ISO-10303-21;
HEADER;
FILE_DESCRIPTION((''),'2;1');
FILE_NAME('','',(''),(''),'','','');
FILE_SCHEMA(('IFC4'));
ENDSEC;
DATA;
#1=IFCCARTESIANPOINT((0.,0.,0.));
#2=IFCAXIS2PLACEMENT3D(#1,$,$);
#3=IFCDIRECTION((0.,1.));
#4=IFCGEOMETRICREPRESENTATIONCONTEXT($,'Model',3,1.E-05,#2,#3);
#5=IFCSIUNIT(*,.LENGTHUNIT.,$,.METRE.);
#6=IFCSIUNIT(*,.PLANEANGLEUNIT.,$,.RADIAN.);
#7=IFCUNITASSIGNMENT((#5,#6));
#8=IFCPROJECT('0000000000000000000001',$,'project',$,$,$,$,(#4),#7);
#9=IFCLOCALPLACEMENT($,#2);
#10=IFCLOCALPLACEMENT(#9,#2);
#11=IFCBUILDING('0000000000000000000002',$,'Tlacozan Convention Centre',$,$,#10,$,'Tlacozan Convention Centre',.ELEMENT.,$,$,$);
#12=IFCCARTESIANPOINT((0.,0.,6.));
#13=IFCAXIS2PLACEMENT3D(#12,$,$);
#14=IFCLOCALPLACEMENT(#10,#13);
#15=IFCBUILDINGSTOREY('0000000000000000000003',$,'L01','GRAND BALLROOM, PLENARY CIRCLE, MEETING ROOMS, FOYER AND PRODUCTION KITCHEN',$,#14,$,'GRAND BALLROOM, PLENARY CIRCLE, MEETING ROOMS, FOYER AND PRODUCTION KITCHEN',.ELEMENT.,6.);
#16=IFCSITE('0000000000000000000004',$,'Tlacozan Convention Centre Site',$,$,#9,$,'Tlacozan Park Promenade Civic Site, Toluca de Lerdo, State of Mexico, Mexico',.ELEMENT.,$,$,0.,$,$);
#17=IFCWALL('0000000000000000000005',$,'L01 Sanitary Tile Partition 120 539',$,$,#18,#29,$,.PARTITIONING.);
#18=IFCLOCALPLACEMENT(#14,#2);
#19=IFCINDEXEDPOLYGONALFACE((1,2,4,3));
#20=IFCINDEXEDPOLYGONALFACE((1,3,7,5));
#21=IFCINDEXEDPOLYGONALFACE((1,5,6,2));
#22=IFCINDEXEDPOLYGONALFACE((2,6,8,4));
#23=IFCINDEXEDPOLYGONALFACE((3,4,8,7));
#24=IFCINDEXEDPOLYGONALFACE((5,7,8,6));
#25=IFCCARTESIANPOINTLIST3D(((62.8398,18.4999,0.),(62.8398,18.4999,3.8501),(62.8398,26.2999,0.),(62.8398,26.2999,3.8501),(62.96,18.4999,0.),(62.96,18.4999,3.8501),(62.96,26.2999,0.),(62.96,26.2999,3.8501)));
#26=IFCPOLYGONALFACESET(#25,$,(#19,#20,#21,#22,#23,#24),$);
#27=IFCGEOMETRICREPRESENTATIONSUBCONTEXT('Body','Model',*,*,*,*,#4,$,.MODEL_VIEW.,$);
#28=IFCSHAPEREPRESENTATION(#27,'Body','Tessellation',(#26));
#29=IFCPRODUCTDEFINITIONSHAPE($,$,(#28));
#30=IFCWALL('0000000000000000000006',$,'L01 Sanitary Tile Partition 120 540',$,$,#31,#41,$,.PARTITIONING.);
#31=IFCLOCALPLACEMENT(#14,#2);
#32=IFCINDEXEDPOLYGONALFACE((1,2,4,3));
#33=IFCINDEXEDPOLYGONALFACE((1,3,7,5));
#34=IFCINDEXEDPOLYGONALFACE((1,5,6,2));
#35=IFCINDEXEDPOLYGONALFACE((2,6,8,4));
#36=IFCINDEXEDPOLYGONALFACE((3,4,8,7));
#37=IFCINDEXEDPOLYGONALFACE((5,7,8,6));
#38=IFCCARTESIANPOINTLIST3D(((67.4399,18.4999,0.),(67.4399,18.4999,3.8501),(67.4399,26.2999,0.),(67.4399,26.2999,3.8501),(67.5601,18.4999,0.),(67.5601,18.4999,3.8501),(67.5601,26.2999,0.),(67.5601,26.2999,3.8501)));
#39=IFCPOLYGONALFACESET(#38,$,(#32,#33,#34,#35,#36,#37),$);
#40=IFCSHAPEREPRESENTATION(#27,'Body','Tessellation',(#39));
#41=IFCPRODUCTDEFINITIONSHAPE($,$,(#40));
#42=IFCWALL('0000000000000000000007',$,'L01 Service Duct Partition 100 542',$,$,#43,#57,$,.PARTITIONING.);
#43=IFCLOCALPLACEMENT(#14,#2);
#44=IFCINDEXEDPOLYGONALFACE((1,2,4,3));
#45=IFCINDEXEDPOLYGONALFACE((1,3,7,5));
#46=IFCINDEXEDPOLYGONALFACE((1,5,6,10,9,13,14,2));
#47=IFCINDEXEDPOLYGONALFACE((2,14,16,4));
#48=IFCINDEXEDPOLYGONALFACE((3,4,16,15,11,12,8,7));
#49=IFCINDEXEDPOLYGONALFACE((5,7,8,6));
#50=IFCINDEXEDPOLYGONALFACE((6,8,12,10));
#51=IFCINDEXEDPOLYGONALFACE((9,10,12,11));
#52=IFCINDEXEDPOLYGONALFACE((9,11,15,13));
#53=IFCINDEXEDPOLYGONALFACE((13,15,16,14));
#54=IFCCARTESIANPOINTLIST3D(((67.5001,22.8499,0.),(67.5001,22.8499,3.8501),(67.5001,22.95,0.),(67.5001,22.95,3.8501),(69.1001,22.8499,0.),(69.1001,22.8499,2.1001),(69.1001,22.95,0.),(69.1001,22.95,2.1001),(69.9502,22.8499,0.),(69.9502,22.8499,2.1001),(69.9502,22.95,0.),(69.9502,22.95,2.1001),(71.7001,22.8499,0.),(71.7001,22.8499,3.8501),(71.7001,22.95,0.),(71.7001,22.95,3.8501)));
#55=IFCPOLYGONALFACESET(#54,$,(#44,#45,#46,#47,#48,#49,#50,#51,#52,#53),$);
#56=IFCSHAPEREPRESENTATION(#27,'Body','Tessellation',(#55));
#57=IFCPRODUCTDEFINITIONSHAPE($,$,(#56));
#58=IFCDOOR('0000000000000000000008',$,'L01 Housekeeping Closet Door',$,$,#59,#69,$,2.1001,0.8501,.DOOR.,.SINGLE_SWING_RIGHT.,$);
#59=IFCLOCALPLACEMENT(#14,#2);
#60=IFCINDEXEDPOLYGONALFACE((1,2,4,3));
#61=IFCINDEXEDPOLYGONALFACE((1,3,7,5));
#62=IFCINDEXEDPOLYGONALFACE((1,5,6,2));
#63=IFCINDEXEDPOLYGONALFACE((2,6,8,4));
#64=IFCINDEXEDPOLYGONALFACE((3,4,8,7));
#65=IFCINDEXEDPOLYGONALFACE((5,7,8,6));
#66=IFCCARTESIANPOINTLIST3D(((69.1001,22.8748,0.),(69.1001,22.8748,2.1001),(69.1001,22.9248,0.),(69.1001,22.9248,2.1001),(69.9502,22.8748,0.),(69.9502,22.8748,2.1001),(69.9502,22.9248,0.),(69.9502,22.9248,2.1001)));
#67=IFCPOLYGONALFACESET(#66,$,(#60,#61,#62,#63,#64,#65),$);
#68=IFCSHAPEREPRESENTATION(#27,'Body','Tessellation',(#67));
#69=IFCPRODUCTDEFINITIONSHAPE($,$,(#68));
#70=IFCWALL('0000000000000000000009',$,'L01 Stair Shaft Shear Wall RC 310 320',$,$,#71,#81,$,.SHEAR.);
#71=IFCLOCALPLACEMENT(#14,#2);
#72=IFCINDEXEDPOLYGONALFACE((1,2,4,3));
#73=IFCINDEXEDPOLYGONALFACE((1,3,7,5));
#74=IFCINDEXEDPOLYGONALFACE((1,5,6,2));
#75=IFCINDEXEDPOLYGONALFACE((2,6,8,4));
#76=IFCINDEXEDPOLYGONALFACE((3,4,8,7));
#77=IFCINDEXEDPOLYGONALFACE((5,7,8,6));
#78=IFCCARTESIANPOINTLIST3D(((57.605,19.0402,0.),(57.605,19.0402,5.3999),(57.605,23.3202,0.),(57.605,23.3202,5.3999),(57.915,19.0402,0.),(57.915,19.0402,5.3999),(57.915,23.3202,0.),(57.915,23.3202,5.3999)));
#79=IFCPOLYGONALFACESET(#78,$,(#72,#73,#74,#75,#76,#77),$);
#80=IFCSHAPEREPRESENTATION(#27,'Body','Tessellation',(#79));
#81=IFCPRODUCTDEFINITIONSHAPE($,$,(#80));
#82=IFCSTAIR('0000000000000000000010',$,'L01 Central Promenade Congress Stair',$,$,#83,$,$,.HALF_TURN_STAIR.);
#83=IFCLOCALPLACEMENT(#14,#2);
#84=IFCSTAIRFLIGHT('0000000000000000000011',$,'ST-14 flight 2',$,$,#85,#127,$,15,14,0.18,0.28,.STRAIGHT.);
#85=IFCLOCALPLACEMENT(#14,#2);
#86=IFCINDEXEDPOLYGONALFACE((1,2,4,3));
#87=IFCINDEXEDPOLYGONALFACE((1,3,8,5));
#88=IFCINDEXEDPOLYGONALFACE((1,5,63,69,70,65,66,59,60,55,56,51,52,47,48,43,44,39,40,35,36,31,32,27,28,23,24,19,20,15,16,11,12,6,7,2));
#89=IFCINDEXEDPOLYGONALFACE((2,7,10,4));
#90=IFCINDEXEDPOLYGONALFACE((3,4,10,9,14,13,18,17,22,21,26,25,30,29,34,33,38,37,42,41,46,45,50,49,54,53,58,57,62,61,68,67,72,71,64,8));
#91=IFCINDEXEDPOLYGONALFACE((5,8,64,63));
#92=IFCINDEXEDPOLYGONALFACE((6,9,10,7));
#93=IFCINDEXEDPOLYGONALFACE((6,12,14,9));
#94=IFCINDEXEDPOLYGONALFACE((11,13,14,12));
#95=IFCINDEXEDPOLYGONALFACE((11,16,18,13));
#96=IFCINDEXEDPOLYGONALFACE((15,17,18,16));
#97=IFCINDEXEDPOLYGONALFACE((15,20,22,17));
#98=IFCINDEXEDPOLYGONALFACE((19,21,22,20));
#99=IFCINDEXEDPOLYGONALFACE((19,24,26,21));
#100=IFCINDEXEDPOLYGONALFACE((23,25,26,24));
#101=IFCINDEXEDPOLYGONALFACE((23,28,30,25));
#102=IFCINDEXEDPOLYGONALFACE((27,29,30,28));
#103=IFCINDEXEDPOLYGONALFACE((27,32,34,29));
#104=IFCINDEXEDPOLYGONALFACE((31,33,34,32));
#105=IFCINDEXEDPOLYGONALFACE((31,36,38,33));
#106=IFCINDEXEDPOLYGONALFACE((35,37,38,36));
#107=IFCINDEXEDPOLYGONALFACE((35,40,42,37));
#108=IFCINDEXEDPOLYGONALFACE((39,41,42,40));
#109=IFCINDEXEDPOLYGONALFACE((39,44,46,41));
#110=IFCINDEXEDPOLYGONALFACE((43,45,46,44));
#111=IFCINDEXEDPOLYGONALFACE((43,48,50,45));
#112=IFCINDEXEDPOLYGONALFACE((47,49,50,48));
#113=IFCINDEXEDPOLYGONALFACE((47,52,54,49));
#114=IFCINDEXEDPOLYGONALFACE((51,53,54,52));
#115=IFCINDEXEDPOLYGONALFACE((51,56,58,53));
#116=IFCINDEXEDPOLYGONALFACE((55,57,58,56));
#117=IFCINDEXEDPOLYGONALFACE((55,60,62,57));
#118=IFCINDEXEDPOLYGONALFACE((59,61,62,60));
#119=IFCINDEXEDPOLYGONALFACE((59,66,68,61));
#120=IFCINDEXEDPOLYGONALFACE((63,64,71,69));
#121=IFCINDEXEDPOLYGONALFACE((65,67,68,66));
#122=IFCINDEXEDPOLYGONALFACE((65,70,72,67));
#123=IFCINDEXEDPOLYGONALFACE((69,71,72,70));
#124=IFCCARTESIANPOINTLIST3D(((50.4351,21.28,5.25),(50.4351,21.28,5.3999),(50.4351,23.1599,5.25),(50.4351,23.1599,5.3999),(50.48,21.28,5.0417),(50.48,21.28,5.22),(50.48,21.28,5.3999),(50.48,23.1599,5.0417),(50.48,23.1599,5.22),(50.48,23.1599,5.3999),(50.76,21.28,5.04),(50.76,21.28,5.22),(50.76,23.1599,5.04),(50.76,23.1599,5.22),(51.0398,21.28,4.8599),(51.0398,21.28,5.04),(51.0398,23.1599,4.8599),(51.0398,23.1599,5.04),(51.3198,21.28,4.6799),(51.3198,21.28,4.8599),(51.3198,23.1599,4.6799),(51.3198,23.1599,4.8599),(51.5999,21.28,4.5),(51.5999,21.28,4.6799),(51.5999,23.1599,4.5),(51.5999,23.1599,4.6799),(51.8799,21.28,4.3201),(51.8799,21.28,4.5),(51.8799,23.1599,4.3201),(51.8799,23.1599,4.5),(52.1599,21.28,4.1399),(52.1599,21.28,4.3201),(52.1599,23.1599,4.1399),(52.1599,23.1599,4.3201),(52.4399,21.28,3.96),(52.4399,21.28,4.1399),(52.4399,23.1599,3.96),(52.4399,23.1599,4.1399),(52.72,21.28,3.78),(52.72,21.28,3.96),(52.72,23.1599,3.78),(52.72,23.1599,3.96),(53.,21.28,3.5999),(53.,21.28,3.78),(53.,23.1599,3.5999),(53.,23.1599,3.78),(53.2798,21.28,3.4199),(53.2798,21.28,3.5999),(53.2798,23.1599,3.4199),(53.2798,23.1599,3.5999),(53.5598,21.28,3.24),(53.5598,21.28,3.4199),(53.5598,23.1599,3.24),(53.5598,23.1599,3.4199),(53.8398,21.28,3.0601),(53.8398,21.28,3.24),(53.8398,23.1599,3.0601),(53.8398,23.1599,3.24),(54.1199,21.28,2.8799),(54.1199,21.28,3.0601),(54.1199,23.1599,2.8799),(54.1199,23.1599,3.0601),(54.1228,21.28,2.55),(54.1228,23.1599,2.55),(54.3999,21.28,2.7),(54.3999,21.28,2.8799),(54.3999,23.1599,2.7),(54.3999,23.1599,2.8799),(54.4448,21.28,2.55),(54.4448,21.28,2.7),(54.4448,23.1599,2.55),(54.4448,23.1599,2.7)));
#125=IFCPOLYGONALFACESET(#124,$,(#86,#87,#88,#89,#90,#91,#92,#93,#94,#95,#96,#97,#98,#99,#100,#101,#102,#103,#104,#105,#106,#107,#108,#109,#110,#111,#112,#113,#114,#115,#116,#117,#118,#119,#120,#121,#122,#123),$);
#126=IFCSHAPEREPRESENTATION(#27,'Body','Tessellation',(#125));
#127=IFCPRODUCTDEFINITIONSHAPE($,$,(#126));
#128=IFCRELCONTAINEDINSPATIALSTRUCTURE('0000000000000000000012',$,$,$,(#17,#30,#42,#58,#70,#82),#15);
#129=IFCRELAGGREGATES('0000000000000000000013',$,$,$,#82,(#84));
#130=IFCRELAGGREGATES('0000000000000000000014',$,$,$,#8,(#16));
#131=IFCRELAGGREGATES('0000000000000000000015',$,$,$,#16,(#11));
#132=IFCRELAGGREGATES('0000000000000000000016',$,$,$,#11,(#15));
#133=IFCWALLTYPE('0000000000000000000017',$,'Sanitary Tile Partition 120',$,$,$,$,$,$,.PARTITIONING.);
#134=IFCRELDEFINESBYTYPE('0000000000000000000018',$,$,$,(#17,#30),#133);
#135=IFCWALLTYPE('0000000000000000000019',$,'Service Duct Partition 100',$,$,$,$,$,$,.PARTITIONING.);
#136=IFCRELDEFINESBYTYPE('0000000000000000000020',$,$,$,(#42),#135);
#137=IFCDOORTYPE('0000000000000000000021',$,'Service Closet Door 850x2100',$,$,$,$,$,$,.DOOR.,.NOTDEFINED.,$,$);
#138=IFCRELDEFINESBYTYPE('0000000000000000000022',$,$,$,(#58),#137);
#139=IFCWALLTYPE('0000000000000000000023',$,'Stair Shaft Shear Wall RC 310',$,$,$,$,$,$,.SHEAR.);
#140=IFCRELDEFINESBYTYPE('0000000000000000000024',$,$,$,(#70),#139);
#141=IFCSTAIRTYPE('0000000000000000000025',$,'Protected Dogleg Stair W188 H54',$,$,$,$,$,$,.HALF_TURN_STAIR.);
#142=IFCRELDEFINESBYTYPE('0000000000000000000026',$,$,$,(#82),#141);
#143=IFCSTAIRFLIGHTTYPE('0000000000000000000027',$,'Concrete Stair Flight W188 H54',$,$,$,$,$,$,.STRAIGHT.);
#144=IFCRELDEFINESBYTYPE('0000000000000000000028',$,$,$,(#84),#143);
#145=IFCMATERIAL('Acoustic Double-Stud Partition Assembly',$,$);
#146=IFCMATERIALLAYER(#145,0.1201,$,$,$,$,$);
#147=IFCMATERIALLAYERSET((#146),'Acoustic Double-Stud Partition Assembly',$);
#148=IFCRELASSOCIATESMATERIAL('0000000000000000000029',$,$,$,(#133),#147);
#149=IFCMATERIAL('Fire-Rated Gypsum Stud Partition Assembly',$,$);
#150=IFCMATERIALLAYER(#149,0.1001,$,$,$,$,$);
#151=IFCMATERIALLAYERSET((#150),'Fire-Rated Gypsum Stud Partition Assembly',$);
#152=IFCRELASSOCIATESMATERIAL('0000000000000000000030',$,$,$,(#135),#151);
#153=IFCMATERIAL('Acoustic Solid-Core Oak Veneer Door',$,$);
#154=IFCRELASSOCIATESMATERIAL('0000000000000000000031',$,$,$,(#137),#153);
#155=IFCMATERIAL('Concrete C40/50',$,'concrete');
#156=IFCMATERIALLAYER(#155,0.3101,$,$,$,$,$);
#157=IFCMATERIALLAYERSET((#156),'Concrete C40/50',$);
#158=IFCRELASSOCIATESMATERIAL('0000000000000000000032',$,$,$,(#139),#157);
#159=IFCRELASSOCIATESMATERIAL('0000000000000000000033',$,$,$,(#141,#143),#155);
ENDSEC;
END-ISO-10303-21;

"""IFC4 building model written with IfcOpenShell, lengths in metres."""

from ifc_helpers import new_model, si_unit, direction, frame, frame_2d, origin, place, context, subcontext, project, spatial, polyline, rectangle, outline, extrude, material, layer, layer_set, type_object, element, fill, aggregate, save


model = new_model("IFC4")

# Units and contexts
model_context = context("Model", 3, precision=1e-05, world=origin(), true_north=direction((0.0, 1.0)))
body_context = subcontext(model_context, "Body", "Model", "MODEL_VIEW")
ifc_project = project(units=[si_unit("LENGTHUNIT", "METRE"), si_unit("PLANEANGLEUNIT", "RADIAN")], contexts=[model_context])

# Site, building, storey
site_placement = place(None, origin())
site = spatial("IfcSite", under=ifc_project, at=site_placement, Name="Tlacozan Convention Centre Site", LongName="Tlacozan Park Promenade Civic Site, Toluca de Lerdo, State of Mexico, Mexico", CompositionType="ELEMENT", RefElevation=0.0)
building_placement = place(site_placement, origin())
building = spatial("IfcBuilding", under=site, at=building_placement, Name="Tlacozan Convention Centre", LongName="Tlacozan Convention Centre", CompositionType="ELEMENT")
storey_placement = place(building_placement, frame((0.0, 0.0, 6.0)))
storey = spatial("IfcBuildingStorey", under=building, at=storey_placement, Name="L01", Description="GRAND BALLROOM, PLENARY CIRCLE, MEETING ROOMS, FOYER AND PRODUCTION KITCHEN", LongName="GRAND BALLROOM, PLENARY CIRCLE, MEETING ROOMS, FOYER AND PRODUCTION KITCHEN", CompositionType="ELEMENT", Elevation=6.0)

# Shared definitions
ifc_material_1 = material(Name="Concrete C40/50", Category="concrete")

# Shared definitions
ifc_material_2 = material(Name="Acoustic Double-Stud Partition Assembly")
ifc_layer_1 = layer(ifc_material_2, 0.1201)
ifc_layer_set_1 = layer_set([ifc_layer_1], Name="Acoustic Double-Stud Partition Assembly")
wall_type_1 = type_object("IfcWallType", Name="Sanitary Tile Partition 120", PredefinedType="PARTITIONING", material=ifc_layer_set_1)
ifc_material_3 = material(Name="Acoustic Solid-Core Oak Veneer Door")

# Walls
for number, where, z_axis, x_axis, name in (
    (1, (62.8999, 18.5, 0.0), (0.0, 0.0, 1.0), (0.0, 1.0, 0.0), "L01 Sanitary Tile Partition 120 539"),
    (2, (67.5, 18.5, 0.0), (0.0, 0.0, 1.0), (0.0, 1.0, 0.0), "L01 Sanitary Tile Partition 120 540"),
):
    element("IfcWall", number, at=place(storey_placement, frame(where, z_axis=z_axis, x_axis=x_axis)), inside=storey, type_object=wall_type_1, Name=name, PredefinedType="PARTITIONING", context=body_context, shape_type="SweptSolid", body=[
        extrude(rectangle(XDim=7.8, YDim=0.1201, at=frame_2d((3.8999, 0.0))), origin(), (0.0, 0.0, 1.0), 3.8501),
    ])

# Wall, opening, door
ifc_material_4 = material(Name="Fire-Rated Gypsum Stud Partition Assembly")
ifc_layer_2 = layer(ifc_material_4, 0.1001)
ifc_layer_set_2 = layer_set([ifc_layer_2], Name="Fire-Rated Gypsum Stud Partition Assembly")
wall_type_2 = type_object("IfcWallType", Name="Service Duct Partition 100", PredefinedType="PARTITIONING", material=ifc_layer_set_2)
wall_1_placement = place(storey_placement, frame((67.5, 22.8999, 0.0), z_axis=(0.0, 0.0, 1.0), x_axis=(1.0, 0.0, 0.0)))
wall_1 = element("IfcWall", 3, at=wall_1_placement, inside=storey, type_object=wall_type_2, Name="L01 Service Duct Partition 100 542", PredefinedType="PARTITIONING", context=body_context, shape_type="SweptSolid", body=[
    extrude(rectangle(XDim=4.2, YDim=0.1001, at=frame_2d((2.1001, 0.0))), origin(), (0.0, 0.0, 1.0), 3.8501),
])
opening_1_placement = place(wall_1_placement, frame((1.6001, 0.0, 0.0)))
opening_1 = element("IfcOpeningElement", 4, at=opening_1_placement, cuts=wall_1, PredefinedType="OPENING", context=body_context, shape_type="SweptSolid", body=[
    extrude(rectangle(XDim=0.8501, YDim=2.1001, at=frame_2d((0.425, 1.05))), frame((0.0, 0.0601, 0.0), z_axis=(0.0, -1.0, 0.0), x_axis=(1.0, 0.0, 0.0)), (0.0, 0.0, 1.0), 0.1201),
])
door_type_1 = type_object("IfcDoorType", Name="Service Closet Door 850x2100", OperationType="NOTDEFINED", PredefinedType="DOOR", material=ifc_material_3)
door_1_placement = place(opening_1_placement, origin())
door_1 = element("IfcDoor", 5, at=door_1_placement, inside=storey, type_object=door_type_1, Name="L01 Housekeeping Closet Door", OperationType="SINGLE_SWING_RIGHT", OverallHeight=2.1001, OverallWidth=0.8501, PredefinedType="DOOR", context=body_context, shape_type="SweptSolid", body=[
    extrude(rectangle(XDim=0.8501, YDim=2.1001, at=frame_2d((0.425, 1.05))), frame((0.0, 0.0249, 0.0), z_axis=(0.0, -1.0, 0.0), x_axis=(1.0, 0.0, 0.0)), (0.0, 0.0, 1.0), 0.05),
])
fill(opening_1, door_1)

# Wall
ifc_layer_3 = layer(ifc_material_1, 0.3101)
ifc_layer_set_3 = layer_set([ifc_layer_3], Name="Concrete C40/50")
wall_type_3 = type_object("IfcWallType", Name="Stair Shaft Shear Wall RC 310", PredefinedType="SHEAR", material=ifc_layer_set_3)
wall_2_placement = place(storey_placement, frame((57.76, 19.04, 0.0), z_axis=(0.0, 0.0, 1.0), x_axis=(0.0, 1.0, 0.0)))
element("IfcWall", 6, at=wall_2_placement, inside=storey, type_object=wall_type_3, Name="L01 Stair Shaft Shear Wall RC 310 320", PredefinedType="SHEAR", context=body_context, shape_type="SweptSolid", body=[
    extrude(rectangle(XDim=4.28, YDim=0.3101, at=frame_2d((2.1401, 0.0))), origin(), (0.0, 0.0, 1.0), 5.3999),
])

# Stair, stair flight
stair_type = type_object("IfcStairType", Name="Protected Dogleg Stair W188 H54", PredefinedType="HALF_TURN_STAIR", material=ifc_material_1)
stair_placement = place(storey_placement, origin())
stair = element("IfcStair", 7, at=stair_placement, inside=storey, type_object=stair_type, Name="L01 Central Promenade Congress Stair", PredefinedType="HALF_TURN_STAIR")
stair_flight_type = type_object("IfcStairFlightType", Name="Concrete Stair Flight W188 H54", PredefinedType="STRAIGHT", material=ifc_material_1)
stair_flight_placement = place(storey_placement, frame((54.3999, 22.22, 2.7), z_axis=(0.0, 0.0, 1.0), x_axis=(-1.0, 0.0, 0.0)))
stair_flight = element("IfcStairFlight", 8, at=stair_flight_placement, type_object=stair_flight_type, Name="ST-14 flight 2", NumberOfRisers=15, NumberOfTreads=14, PredefinedType="STRAIGHT", RiserHeight=0.18, TreadLength=0.28, context=body_context, shape_type="SweptSolid", body=[
    extrude(outline(polyline([(-0.0449, -0.1499), (-0.0449, 0.0), (0.0, 0.0), (0.0, 0.1799), (0.28, 0.1799), (0.28, 0.3601), (0.5601, 0.3601), (0.5601, 0.54), (0.8401, 0.54), (0.8401, 0.72), (1.1201, 0.72), (1.1201, 0.8999), (1.3999, 0.8999), (1.3999, 1.0801), (1.6799, 1.0801), (1.6799, 1.26), (1.96, 1.26), (1.96, 1.4399), (2.24, 1.4399), (2.24, 1.6201), (2.52, 1.6201), (2.52, 1.8), (2.8, 1.8), (2.8, 1.98), (3.0801, 1.98), (3.0801, 2.1599), (3.3601, 2.1599), (3.3601, 2.3401), (3.6399, 2.3401), (3.6399, 2.52), (3.9199, 2.52), (3.9199, 2.7), (3.9648, 2.7), (3.9648, 2.55), (3.9199, 2.3418), (0.2771, -0.1499), (-0.0449, -0.1499)])), frame((0.0, 0.9399, 0.0), z_axis=(0.0, -1.0, 0.0), x_axis=(1.0, 0.0, 0.0)), (0.0, 0.0, 1.0), 1.8799),
])
aggregate(stair, [stair_flight])

save(model, "model.ifc")
